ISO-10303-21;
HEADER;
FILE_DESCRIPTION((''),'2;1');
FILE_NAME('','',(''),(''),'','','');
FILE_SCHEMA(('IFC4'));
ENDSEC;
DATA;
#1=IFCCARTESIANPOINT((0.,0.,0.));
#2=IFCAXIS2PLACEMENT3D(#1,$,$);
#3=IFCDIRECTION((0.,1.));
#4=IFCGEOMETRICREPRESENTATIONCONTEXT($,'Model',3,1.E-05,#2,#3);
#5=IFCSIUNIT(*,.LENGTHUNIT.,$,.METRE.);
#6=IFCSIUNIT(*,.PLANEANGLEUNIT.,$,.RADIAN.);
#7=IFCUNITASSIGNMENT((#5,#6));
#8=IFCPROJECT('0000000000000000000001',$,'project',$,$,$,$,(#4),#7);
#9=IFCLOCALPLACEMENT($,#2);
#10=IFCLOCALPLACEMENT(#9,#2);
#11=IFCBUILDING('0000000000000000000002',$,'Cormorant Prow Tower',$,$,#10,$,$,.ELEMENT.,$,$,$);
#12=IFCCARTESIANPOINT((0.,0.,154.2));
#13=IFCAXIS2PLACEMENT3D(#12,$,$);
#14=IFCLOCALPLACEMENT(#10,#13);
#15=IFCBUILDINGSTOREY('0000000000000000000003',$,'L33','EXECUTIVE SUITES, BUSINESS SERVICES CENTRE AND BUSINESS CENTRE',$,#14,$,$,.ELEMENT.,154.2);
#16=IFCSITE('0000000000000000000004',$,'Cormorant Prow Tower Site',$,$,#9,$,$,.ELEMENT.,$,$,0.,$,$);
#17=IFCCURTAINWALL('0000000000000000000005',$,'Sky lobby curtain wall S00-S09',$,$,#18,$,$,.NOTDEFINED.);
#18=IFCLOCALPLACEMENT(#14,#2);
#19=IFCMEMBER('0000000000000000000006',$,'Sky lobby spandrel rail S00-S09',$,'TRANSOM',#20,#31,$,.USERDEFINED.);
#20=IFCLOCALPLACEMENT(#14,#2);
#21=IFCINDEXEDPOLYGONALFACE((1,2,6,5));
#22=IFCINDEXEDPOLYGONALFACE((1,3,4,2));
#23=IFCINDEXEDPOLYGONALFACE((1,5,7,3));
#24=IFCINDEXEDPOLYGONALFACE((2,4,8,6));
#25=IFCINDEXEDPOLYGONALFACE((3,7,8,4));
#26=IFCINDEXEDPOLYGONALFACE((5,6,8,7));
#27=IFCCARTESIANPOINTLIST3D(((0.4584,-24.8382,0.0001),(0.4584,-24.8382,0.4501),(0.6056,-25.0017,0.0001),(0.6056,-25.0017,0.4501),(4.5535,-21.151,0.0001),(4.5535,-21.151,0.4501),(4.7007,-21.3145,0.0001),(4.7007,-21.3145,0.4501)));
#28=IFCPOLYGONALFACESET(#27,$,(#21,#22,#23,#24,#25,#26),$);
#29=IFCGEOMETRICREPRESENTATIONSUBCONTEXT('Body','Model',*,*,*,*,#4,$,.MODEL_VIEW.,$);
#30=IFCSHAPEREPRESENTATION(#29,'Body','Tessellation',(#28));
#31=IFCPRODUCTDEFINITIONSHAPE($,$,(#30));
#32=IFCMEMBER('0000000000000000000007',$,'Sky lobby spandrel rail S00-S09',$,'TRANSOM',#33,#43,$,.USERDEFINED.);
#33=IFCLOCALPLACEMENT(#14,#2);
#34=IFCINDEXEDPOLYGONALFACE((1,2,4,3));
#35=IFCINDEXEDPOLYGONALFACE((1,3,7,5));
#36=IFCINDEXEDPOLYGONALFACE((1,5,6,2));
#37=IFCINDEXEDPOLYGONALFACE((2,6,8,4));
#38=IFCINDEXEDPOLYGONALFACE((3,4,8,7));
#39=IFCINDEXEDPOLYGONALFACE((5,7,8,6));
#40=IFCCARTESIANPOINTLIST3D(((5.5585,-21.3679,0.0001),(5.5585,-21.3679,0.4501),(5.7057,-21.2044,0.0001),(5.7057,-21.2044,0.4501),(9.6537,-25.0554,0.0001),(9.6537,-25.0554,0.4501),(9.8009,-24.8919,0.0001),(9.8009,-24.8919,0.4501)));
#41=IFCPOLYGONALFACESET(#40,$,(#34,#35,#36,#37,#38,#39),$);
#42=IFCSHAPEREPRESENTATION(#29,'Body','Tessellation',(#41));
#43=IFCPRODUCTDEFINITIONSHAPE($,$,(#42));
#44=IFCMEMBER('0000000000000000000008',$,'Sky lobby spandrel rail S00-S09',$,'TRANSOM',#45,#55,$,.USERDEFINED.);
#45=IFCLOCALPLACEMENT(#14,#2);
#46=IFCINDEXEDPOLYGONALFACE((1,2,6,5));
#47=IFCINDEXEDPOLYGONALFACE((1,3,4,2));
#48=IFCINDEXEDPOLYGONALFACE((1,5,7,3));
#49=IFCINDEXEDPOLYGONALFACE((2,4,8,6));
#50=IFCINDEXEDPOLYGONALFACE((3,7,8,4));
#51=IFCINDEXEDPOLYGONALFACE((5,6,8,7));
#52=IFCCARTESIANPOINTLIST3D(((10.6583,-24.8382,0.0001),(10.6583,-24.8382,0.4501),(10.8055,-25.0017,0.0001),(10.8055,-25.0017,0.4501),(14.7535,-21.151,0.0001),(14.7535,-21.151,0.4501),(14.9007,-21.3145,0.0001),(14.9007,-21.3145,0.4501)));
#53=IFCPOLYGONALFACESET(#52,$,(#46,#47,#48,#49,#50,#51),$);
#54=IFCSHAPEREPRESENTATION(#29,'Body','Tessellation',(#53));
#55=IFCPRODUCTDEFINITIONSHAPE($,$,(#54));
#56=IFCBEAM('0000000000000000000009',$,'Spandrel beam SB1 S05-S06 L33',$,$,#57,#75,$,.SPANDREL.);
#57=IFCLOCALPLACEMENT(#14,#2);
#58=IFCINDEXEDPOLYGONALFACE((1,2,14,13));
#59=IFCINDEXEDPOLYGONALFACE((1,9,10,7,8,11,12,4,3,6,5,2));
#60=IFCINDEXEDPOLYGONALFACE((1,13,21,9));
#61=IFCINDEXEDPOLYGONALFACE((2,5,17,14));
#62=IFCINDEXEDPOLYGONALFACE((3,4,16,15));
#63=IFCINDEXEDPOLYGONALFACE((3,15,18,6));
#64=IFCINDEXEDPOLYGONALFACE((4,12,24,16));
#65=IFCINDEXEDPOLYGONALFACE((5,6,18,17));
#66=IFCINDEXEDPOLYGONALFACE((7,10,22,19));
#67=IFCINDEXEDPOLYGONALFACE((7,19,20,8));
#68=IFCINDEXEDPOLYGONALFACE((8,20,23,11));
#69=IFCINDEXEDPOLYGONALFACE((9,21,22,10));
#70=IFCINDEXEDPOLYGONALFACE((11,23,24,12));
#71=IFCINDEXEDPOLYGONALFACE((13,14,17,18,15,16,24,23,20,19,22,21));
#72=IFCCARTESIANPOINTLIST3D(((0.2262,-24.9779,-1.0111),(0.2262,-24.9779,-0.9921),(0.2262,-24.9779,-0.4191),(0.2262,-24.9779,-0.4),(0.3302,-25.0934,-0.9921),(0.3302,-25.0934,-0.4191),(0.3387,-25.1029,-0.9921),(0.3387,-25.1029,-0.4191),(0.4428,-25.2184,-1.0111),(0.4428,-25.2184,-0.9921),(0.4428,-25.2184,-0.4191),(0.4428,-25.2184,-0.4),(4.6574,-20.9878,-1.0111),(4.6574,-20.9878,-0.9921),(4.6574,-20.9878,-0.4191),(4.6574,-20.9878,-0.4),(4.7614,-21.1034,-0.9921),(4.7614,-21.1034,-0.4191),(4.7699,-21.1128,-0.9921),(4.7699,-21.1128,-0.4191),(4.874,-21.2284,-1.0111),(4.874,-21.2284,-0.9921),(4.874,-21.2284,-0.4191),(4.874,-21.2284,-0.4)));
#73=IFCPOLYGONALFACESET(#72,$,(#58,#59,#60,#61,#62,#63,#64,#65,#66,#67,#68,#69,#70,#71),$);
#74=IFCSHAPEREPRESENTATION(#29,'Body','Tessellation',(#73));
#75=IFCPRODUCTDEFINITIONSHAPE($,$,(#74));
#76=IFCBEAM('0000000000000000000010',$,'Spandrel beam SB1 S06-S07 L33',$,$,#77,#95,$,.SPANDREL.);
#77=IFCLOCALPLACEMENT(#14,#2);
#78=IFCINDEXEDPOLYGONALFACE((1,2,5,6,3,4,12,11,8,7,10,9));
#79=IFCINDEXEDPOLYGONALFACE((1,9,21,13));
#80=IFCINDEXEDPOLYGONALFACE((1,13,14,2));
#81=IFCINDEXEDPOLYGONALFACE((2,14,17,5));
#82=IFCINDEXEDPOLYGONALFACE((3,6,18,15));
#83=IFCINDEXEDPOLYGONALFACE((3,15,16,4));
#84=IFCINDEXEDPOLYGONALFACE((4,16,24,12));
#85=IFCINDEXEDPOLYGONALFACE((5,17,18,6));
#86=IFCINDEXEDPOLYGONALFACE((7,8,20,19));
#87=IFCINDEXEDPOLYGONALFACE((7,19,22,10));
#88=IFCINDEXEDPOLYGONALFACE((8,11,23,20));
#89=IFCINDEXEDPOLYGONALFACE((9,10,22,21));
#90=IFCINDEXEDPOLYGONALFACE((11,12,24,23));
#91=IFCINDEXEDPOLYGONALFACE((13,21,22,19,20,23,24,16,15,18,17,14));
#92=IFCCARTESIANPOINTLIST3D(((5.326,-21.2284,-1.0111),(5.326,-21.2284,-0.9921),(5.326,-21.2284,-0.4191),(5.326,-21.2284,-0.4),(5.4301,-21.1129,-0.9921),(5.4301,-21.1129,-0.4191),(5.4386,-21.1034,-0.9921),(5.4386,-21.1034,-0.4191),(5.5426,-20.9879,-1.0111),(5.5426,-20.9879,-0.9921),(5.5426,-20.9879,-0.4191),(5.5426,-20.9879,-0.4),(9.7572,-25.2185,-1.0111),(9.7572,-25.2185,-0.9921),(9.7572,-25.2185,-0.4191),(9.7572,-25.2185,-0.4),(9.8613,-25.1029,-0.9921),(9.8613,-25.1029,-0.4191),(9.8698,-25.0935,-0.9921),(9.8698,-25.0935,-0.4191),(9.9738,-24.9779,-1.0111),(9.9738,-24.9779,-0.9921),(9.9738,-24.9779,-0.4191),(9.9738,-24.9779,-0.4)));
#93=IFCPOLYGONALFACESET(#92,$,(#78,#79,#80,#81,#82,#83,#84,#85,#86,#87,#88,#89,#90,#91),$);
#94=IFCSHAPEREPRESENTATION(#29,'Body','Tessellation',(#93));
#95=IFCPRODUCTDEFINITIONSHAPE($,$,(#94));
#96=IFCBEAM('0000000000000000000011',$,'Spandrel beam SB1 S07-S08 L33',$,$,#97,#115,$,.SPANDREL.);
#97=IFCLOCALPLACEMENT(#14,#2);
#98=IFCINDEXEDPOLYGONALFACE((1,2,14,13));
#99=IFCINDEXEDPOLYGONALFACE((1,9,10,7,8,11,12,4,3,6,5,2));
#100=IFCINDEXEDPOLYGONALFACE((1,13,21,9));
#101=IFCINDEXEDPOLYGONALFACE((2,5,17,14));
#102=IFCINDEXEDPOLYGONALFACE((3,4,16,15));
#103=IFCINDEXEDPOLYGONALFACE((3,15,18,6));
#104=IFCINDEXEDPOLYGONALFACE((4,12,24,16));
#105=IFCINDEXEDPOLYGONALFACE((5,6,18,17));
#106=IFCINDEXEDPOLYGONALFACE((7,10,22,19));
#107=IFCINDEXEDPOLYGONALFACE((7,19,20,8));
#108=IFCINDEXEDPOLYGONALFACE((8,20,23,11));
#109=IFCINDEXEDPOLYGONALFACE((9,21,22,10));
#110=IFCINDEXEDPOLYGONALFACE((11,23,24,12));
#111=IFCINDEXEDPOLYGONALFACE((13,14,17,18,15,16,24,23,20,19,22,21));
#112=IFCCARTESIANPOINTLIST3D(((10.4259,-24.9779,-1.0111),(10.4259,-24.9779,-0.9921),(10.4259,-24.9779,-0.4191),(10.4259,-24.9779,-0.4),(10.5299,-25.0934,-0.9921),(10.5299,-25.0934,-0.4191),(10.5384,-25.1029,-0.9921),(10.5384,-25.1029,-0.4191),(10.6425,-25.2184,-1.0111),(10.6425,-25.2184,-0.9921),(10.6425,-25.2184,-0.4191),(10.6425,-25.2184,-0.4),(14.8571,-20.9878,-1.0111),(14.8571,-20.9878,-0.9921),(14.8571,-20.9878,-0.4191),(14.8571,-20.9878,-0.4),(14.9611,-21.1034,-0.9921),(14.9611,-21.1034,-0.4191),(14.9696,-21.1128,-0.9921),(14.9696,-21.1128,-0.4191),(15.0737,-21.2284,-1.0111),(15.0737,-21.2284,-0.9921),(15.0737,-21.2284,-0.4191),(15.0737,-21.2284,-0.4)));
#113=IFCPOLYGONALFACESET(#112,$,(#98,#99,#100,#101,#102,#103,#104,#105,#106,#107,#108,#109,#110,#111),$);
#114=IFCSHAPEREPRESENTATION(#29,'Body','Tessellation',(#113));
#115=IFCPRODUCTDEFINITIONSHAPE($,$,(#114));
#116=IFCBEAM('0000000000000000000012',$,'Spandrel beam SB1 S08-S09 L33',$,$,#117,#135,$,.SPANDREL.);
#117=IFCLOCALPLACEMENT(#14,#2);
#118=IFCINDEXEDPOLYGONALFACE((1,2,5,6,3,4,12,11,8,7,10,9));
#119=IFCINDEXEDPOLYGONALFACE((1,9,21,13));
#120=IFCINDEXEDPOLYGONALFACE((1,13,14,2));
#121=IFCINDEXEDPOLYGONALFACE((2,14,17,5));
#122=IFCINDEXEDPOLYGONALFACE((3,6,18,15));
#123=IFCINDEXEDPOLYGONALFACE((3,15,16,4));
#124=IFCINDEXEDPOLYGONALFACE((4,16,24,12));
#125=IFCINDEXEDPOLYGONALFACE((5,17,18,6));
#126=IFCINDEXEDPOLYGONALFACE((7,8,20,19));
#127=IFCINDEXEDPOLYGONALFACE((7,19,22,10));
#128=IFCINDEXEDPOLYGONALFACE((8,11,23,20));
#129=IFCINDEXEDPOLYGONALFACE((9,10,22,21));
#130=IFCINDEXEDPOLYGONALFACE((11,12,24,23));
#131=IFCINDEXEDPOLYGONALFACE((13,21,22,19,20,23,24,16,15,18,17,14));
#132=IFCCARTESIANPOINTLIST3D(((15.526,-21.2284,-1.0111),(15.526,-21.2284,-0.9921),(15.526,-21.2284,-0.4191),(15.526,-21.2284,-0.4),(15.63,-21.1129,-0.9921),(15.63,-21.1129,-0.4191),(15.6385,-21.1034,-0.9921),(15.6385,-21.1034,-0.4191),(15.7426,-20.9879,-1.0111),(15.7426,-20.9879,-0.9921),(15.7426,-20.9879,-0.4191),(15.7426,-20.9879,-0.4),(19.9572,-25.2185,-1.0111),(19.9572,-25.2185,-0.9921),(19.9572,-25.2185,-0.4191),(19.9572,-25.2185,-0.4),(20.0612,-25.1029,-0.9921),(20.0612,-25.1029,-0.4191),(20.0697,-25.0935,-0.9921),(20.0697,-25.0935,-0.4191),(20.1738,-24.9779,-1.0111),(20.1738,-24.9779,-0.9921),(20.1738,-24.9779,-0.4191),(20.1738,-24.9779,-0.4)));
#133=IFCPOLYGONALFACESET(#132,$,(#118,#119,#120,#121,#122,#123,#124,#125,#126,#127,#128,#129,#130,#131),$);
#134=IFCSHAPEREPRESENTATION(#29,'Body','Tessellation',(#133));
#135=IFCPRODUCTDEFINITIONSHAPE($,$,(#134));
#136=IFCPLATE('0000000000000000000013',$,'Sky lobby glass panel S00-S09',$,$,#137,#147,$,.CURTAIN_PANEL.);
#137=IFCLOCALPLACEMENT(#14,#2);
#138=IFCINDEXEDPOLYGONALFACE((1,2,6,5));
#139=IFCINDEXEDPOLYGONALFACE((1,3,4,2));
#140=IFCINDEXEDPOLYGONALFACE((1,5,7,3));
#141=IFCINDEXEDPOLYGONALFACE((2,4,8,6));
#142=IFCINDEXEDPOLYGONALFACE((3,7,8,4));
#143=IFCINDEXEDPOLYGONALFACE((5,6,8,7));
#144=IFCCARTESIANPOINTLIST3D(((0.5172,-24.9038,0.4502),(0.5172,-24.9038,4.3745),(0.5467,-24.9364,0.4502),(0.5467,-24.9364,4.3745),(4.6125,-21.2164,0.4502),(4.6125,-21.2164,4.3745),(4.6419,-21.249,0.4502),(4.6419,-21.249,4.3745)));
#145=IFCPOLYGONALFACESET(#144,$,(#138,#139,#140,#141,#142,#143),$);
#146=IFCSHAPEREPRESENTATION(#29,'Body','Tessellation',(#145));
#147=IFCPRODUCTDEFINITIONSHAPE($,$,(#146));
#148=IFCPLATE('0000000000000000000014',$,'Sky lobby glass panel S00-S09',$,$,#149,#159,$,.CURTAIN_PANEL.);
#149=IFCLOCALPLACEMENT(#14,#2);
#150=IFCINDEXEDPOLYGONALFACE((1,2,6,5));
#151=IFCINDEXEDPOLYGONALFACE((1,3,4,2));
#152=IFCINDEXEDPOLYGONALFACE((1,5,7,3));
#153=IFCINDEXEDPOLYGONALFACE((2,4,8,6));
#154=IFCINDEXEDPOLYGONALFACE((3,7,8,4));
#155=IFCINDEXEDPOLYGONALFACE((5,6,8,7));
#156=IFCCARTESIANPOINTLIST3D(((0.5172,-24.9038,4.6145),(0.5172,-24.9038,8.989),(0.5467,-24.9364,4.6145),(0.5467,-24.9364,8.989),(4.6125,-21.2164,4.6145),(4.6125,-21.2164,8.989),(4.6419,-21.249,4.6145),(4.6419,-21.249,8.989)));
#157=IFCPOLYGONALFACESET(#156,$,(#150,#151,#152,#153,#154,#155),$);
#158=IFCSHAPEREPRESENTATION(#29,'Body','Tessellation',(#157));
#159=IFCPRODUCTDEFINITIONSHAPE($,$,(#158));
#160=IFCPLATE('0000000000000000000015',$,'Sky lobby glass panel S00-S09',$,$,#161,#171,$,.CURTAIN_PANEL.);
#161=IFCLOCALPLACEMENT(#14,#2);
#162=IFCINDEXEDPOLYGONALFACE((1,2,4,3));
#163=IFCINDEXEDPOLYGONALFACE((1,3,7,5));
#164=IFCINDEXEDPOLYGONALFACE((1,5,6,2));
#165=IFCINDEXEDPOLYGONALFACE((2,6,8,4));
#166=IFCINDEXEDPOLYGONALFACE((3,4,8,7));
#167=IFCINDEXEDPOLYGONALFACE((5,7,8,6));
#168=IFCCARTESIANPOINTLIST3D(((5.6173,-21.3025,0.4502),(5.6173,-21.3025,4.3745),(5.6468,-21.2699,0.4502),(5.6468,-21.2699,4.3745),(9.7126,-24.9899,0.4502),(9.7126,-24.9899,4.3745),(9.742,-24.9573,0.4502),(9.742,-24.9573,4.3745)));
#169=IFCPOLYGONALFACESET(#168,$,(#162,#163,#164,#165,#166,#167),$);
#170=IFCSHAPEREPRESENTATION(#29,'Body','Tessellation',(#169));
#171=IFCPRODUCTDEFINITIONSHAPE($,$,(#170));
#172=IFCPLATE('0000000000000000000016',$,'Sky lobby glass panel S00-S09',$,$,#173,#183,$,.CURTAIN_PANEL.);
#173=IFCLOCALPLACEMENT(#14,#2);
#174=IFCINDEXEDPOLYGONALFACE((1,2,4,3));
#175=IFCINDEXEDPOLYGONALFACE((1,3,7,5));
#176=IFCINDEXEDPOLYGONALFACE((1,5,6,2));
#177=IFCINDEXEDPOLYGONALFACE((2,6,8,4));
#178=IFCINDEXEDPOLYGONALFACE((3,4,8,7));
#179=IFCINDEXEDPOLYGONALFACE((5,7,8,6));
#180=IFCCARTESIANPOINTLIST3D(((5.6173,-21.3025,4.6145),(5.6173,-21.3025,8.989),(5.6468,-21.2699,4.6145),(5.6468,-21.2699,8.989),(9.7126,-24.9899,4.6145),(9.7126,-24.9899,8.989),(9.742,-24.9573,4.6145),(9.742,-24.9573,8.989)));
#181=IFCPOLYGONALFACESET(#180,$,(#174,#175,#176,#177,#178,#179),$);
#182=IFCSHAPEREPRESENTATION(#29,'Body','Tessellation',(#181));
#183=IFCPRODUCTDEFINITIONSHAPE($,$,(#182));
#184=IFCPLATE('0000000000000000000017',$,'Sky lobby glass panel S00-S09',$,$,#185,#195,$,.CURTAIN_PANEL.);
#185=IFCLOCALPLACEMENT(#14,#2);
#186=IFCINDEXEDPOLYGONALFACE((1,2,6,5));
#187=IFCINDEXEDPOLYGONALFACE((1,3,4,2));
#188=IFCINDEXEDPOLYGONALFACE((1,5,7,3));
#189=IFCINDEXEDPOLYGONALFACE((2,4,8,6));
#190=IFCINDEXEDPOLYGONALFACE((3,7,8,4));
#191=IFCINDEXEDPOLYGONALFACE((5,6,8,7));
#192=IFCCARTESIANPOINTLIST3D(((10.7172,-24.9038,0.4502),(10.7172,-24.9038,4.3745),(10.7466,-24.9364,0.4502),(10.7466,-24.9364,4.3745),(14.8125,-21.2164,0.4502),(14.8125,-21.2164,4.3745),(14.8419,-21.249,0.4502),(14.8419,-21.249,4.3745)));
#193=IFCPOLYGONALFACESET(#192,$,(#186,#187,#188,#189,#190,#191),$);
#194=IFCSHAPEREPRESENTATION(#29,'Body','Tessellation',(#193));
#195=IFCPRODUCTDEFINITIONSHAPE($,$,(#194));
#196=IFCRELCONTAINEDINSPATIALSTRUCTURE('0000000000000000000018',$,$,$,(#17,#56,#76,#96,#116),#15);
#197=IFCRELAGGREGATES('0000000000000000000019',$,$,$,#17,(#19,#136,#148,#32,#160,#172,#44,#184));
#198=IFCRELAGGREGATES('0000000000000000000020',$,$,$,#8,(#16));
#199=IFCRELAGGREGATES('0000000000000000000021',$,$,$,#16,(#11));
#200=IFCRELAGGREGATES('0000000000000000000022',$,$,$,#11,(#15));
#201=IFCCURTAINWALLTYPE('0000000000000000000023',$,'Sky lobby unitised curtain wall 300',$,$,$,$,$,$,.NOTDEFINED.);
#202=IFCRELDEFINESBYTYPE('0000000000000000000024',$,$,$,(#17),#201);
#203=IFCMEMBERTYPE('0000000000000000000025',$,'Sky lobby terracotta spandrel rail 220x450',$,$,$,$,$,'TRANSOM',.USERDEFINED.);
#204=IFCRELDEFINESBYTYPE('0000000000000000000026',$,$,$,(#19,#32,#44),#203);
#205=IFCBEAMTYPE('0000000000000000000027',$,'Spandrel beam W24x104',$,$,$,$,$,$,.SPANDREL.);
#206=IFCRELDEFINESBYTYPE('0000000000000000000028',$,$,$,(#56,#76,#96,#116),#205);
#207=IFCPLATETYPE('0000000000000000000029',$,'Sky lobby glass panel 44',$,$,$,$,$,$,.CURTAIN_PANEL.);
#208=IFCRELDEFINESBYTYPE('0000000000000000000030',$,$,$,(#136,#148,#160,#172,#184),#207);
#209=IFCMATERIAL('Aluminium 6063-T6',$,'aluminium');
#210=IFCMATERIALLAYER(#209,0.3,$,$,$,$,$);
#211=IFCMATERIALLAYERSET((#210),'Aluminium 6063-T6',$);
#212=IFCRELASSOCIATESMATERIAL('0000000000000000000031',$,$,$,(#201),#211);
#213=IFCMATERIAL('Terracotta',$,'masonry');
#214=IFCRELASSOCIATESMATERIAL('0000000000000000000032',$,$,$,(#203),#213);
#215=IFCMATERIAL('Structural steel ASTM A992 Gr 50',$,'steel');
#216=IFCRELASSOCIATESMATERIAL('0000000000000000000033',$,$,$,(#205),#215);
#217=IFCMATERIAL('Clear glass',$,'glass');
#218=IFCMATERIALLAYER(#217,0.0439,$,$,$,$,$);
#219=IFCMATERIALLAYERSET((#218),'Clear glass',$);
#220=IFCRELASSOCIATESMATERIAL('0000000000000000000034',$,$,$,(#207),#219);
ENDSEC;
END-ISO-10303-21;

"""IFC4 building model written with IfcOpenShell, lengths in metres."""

from ifc_helpers import new_model, si_unit, direction, frame, origin, origin_2d, place, context, subcontext, project, spatial, rectangle, i_section, extrude, material, layer, layer_set, material_profile, profile_set, type_object, element, aggregate, save


model = new_model("IFC4")

# Units and contexts
model_context = context("Model", 3, precision=1e-05, world=origin(), true_north=direction((0.0, 1.0)))
body_context = subcontext(model_context, "Body", "Model", "MODEL_VIEW")
ifc_project = project(units=[si_unit("LENGTHUNIT", "METRE"), si_unit("PLANEANGLEUNIT", "RADIAN")], contexts=[model_context])

# Site, building, storey
site_placement = place(None, origin())
site = spatial("IfcSite", under=ifc_project, at=site_placement, Name="Cormorant Prow Tower Site", CompositionType="ELEMENT", RefElevation=0.0)
building_placement = place(site_placement, origin())
building = spatial("IfcBuilding", under=site, at=building_placement, Name="Cormorant Prow Tower", CompositionType="ELEMENT")
storey_placement = place(building_placement, frame((0.0, 0.0, 154.2)))
storey = spatial("IfcBuildingStorey", under=building, at=storey_placement, Name="L33", Description="EXECUTIVE SUITES, BUSINESS SERVICES CENTRE AND BUSINESS CENTRE", CompositionType="ELEMENT", Elevation=154.2)

# Curtain wall, members
ifc_material_1 = material(Name="Aluminium 6063-T6", Category="aluminium")
ifc_layer_1 = layer(ifc_material_1, 0.3)
ifc_layer_set_1 = layer_set([ifc_layer_1], Name="Aluminium 6063-T6")
curtain_wall_type = type_object("IfcCurtainWallType", Name="Sky lobby unitised curtain wall 300", PredefinedType="NOTDEFINED", material=ifc_layer_set_1)
curtain_wall_placement = place(storey_placement, origin())
curtain_wall = element("IfcCurtainWall", 1, at=curtain_wall_placement, inside=storey, type_object=curtain_wall_type, Name="Sky lobby curtain wall S00-S09", PredefinedType="NOTDEFINED")
ifc_material_2 = material(Name="Terracotta", Category="masonry")
ifc_material_profile_1 = material_profile(ifc_material_2, rectangle(XDim=0.22, YDim=0.45, at=origin_2d()), Name="Sky lobby terracotta spandrel rail 220x450")
ifc_profile_set_1 = profile_set([ifc_material_profile_1], Name="Terracotta")
member_type_1 = type_object("IfcMemberType", Name="Sky lobby terracotta spandrel rail 220x450", ElementType="TRANSOM", PredefinedType="USERDEFINED", material=ifc_profile_set_1)
member_1_placement = place(storey_placement, frame((0.532, -24.9199, 0.2251), z_axis=(0.743153, 0.669121, 0.0), x_axis=(-0.669121, 0.743153, 0.0)))
member_1 = element("IfcMember", 2, at=member_1_placement, type_object=member_type_1, Name="Sky lobby spandrel rail S00-S09", ObjectType="TRANSOM", PredefinedType="USERDEFINED", context=body_context, shape_type="SweptSolid", body=[
    extrude(rectangle(XDim=0.22, YDim=0.45, at=origin_2d()), origin(), (0.0, 0.0, 1.0), 5.5105),
])
member_2_placement = place(storey_placement, frame((5.6321, -21.2861, 0.2251), z_axis=(0.743131, -0.669146, 0.0), x_axis=(0.669146, 0.743131, 0.0)))
member_2 = element("IfcMember", 3, at=member_2_placement, type_object=member_type_1, Name="Sky lobby spandrel rail S00-S09", ObjectType="TRANSOM", PredefinedType="USERDEFINED", context=body_context, shape_type="SweptSolid", body=[
    extrude(rectangle(XDim=0.22, YDim=0.45, at=origin_2d()), origin(), (0.0, 0.0, 1.0), 5.5107),
])
member_3_placement = place(storey_placement, frame((10.7319, -24.9199, 0.2251), z_axis=(0.743153, 0.669121, 0.0), x_axis=(-0.669121, 0.743153, 0.0)))
member_3 = element("IfcMember", 4, at=member_3_placement, type_object=member_type_1, Name="Sky lobby spandrel rail S00-S09", ObjectType="TRANSOM", PredefinedType="USERDEFINED", context=body_context, shape_type="SweptSolid", body=[
    extrude(rectangle(XDim=0.22, YDim=0.45, at=origin_2d()), origin(), (0.0, 0.0, 1.0), 5.5105),
])

# Beams
ifc_material_3 = material(Name="Structural steel ASTM A992 Gr 50", Category="steel")
ifc_material_profile_2 = material_profile(ifc_material_3, i_section(OverallWidth=0.3237, OverallDepth=0.6111, WebThickness=0.0127, FlangeThickness=0.019, at=origin_2d()), Name="W24x104")
ifc_profile_set_2 = profile_set([ifc_material_profile_2], Name="Structural steel ASTM A992 Gr 50")
beam_type_1 = type_object("IfcBeamType", Name="Spandrel beam W24x104", PredefinedType="SPANDREL", material=ifc_profile_set_2)
for number, where, z_axis, x_axis, name in (
    (5, (0.3345, -25.0981, -0.7056), (0.743131, 0.669146, 0.0), (-0.669146, 0.743131, 0.0), "Spandrel beam SB1 S05-S06 L33"),
    (6, (5.4343, -21.1082, -0.7056), (0.743131, -0.669146, 0.0), (0.669146, 0.743131, 0.0), "Spandrel beam SB1 S06-S07 L33"),
    (7, (10.5342, -25.0981, -0.7056), (0.743131, 0.669146, 0.0), (-0.669146, 0.743131, 0.0), "Spandrel beam SB1 S07-S08 L33"),
    (8, (15.6343, -21.1082, -0.7056), (0.743131, -0.669146, 0.0), (0.669146, 0.743131, 0.0), "Spandrel beam SB1 S08-S09 L33"),
):
    element("IfcBeam", number, at=place(storey_placement, frame(where, z_axis=z_axis, x_axis=x_axis)), inside=storey, type_object=beam_type_1, Name=name, PredefinedType="SPANDREL", context=body_context, shape_type="SweptSolid", body=[
        extrude(i_section(OverallWidth=0.3237, OverallDepth=0.6111, WebThickness=0.0127, FlangeThickness=0.019, at=origin_2d()), origin(), (0.0, 0.0, 1.0), 5.9629),
    ])

# Plates
ifc_material_4 = material(Name="Clear glass", Category="glass")
ifc_layer_2 = layer(ifc_material_4, 0.0439)
ifc_layer_set_2 = layer_set([ifc_layer_2], Name="Clear glass")
plate_type = type_object("IfcPlateType", Name="Sky lobby glass panel 44", PredefinedType="CURTAIN_PANEL", material=ifc_layer_set_2)
plate_1_placement = place(storey_placement, frame((2.5796, -23.0764, 0.4502), z_axis=(0.0, 0.0, 1.0), x_axis=(0.743145, 0.669131, 0.0)))
plate_1 = element("IfcPlate", 9, at=plate_1_placement, type_object=plate_type, Name="Sky lobby glass panel S00-S09", PredefinedType="CURTAIN_PANEL", context=body_context, shape_type="SweptSolid", body=[
    extrude(rectangle(XDim=5.5107, YDim=0.0439, at=origin_2d()), origin(), (0.0, 0.0, 1.0), 3.9243),
])
plate_2_placement = place(storey_placement, frame((2.5796, -23.0764, 4.6145), z_axis=(0.0, 0.0, 1.0), x_axis=(0.743145, 0.669131, 0.0)))
plate_2 = element("IfcPlate", 10, at=plate_2_placement, type_object=plate_type, Name="Sky lobby glass panel S00-S09", PredefinedType="CURTAIN_PANEL", context=body_context, shape_type="SweptSolid", body=[
    extrude(rectangle(XDim=5.5107, YDim=0.0439, at=origin_2d()), origin(), (0.0, 0.0, 1.0), 4.3745),
])
plate_3_placement = place(storey_placement, frame((7.6797, -23.1299, 0.4502), z_axis=(0.0, 0.0, 1.0), x_axis=(0.743145, -0.669131, 0.0)))
plate_3 = element("IfcPlate", 11, at=plate_3_placement, type_object=plate_type, Name="Sky lobby glass panel S00-S09", PredefinedType="CURTAIN_PANEL", context=body_context, shape_type="SweptSolid", body=[
    extrude(rectangle(XDim=5.5107, YDim=0.0439, at=origin_2d()), origin(), (0.0, 0.0, 1.0), 3.9243),
])
plate_4_placement = place(storey_placement, frame((7.6797, -23.1299, 4.6145), z_axis=(0.0, 0.0, 1.0), x_axis=(0.743145, -0.669131, 0.0)))
plate_4 = element("IfcPlate", 12, at=plate_4_placement, type_object=plate_type, Name="Sky lobby glass panel S00-S09", PredefinedType="CURTAIN_PANEL", context=body_context, shape_type="SweptSolid", body=[
    extrude(rectangle(XDim=5.5107, YDim=0.0439, at=origin_2d()), origin(), (0.0, 0.0, 1.0), 4.3745),
])
plate_5_placement = place(storey_placement, frame((12.7795, -23.0764, 0.4502), z_axis=(0.0, 0.0, 1.0), x_axis=(0.743145, 0.669131, 0.0)))
plate_5 = element("IfcPlate", 13, at=plate_5_placement, type_object=plate_type, Name="Sky lobby glass panel S00-S09", PredefinedType="CURTAIN_PANEL", context=body_context, shape_type="SweptSolid", body=[
    extrude(rectangle(XDim=5.5107, YDim=0.0439, at=origin_2d()), origin(), (0.0, 0.0, 1.0), 3.9243),
])
aggregate(curtain_wall, [member_1, plate_1, plate_2, member_2, plate_3, plate_4, member_3, plate_5])

save(model, "model.ifc")
